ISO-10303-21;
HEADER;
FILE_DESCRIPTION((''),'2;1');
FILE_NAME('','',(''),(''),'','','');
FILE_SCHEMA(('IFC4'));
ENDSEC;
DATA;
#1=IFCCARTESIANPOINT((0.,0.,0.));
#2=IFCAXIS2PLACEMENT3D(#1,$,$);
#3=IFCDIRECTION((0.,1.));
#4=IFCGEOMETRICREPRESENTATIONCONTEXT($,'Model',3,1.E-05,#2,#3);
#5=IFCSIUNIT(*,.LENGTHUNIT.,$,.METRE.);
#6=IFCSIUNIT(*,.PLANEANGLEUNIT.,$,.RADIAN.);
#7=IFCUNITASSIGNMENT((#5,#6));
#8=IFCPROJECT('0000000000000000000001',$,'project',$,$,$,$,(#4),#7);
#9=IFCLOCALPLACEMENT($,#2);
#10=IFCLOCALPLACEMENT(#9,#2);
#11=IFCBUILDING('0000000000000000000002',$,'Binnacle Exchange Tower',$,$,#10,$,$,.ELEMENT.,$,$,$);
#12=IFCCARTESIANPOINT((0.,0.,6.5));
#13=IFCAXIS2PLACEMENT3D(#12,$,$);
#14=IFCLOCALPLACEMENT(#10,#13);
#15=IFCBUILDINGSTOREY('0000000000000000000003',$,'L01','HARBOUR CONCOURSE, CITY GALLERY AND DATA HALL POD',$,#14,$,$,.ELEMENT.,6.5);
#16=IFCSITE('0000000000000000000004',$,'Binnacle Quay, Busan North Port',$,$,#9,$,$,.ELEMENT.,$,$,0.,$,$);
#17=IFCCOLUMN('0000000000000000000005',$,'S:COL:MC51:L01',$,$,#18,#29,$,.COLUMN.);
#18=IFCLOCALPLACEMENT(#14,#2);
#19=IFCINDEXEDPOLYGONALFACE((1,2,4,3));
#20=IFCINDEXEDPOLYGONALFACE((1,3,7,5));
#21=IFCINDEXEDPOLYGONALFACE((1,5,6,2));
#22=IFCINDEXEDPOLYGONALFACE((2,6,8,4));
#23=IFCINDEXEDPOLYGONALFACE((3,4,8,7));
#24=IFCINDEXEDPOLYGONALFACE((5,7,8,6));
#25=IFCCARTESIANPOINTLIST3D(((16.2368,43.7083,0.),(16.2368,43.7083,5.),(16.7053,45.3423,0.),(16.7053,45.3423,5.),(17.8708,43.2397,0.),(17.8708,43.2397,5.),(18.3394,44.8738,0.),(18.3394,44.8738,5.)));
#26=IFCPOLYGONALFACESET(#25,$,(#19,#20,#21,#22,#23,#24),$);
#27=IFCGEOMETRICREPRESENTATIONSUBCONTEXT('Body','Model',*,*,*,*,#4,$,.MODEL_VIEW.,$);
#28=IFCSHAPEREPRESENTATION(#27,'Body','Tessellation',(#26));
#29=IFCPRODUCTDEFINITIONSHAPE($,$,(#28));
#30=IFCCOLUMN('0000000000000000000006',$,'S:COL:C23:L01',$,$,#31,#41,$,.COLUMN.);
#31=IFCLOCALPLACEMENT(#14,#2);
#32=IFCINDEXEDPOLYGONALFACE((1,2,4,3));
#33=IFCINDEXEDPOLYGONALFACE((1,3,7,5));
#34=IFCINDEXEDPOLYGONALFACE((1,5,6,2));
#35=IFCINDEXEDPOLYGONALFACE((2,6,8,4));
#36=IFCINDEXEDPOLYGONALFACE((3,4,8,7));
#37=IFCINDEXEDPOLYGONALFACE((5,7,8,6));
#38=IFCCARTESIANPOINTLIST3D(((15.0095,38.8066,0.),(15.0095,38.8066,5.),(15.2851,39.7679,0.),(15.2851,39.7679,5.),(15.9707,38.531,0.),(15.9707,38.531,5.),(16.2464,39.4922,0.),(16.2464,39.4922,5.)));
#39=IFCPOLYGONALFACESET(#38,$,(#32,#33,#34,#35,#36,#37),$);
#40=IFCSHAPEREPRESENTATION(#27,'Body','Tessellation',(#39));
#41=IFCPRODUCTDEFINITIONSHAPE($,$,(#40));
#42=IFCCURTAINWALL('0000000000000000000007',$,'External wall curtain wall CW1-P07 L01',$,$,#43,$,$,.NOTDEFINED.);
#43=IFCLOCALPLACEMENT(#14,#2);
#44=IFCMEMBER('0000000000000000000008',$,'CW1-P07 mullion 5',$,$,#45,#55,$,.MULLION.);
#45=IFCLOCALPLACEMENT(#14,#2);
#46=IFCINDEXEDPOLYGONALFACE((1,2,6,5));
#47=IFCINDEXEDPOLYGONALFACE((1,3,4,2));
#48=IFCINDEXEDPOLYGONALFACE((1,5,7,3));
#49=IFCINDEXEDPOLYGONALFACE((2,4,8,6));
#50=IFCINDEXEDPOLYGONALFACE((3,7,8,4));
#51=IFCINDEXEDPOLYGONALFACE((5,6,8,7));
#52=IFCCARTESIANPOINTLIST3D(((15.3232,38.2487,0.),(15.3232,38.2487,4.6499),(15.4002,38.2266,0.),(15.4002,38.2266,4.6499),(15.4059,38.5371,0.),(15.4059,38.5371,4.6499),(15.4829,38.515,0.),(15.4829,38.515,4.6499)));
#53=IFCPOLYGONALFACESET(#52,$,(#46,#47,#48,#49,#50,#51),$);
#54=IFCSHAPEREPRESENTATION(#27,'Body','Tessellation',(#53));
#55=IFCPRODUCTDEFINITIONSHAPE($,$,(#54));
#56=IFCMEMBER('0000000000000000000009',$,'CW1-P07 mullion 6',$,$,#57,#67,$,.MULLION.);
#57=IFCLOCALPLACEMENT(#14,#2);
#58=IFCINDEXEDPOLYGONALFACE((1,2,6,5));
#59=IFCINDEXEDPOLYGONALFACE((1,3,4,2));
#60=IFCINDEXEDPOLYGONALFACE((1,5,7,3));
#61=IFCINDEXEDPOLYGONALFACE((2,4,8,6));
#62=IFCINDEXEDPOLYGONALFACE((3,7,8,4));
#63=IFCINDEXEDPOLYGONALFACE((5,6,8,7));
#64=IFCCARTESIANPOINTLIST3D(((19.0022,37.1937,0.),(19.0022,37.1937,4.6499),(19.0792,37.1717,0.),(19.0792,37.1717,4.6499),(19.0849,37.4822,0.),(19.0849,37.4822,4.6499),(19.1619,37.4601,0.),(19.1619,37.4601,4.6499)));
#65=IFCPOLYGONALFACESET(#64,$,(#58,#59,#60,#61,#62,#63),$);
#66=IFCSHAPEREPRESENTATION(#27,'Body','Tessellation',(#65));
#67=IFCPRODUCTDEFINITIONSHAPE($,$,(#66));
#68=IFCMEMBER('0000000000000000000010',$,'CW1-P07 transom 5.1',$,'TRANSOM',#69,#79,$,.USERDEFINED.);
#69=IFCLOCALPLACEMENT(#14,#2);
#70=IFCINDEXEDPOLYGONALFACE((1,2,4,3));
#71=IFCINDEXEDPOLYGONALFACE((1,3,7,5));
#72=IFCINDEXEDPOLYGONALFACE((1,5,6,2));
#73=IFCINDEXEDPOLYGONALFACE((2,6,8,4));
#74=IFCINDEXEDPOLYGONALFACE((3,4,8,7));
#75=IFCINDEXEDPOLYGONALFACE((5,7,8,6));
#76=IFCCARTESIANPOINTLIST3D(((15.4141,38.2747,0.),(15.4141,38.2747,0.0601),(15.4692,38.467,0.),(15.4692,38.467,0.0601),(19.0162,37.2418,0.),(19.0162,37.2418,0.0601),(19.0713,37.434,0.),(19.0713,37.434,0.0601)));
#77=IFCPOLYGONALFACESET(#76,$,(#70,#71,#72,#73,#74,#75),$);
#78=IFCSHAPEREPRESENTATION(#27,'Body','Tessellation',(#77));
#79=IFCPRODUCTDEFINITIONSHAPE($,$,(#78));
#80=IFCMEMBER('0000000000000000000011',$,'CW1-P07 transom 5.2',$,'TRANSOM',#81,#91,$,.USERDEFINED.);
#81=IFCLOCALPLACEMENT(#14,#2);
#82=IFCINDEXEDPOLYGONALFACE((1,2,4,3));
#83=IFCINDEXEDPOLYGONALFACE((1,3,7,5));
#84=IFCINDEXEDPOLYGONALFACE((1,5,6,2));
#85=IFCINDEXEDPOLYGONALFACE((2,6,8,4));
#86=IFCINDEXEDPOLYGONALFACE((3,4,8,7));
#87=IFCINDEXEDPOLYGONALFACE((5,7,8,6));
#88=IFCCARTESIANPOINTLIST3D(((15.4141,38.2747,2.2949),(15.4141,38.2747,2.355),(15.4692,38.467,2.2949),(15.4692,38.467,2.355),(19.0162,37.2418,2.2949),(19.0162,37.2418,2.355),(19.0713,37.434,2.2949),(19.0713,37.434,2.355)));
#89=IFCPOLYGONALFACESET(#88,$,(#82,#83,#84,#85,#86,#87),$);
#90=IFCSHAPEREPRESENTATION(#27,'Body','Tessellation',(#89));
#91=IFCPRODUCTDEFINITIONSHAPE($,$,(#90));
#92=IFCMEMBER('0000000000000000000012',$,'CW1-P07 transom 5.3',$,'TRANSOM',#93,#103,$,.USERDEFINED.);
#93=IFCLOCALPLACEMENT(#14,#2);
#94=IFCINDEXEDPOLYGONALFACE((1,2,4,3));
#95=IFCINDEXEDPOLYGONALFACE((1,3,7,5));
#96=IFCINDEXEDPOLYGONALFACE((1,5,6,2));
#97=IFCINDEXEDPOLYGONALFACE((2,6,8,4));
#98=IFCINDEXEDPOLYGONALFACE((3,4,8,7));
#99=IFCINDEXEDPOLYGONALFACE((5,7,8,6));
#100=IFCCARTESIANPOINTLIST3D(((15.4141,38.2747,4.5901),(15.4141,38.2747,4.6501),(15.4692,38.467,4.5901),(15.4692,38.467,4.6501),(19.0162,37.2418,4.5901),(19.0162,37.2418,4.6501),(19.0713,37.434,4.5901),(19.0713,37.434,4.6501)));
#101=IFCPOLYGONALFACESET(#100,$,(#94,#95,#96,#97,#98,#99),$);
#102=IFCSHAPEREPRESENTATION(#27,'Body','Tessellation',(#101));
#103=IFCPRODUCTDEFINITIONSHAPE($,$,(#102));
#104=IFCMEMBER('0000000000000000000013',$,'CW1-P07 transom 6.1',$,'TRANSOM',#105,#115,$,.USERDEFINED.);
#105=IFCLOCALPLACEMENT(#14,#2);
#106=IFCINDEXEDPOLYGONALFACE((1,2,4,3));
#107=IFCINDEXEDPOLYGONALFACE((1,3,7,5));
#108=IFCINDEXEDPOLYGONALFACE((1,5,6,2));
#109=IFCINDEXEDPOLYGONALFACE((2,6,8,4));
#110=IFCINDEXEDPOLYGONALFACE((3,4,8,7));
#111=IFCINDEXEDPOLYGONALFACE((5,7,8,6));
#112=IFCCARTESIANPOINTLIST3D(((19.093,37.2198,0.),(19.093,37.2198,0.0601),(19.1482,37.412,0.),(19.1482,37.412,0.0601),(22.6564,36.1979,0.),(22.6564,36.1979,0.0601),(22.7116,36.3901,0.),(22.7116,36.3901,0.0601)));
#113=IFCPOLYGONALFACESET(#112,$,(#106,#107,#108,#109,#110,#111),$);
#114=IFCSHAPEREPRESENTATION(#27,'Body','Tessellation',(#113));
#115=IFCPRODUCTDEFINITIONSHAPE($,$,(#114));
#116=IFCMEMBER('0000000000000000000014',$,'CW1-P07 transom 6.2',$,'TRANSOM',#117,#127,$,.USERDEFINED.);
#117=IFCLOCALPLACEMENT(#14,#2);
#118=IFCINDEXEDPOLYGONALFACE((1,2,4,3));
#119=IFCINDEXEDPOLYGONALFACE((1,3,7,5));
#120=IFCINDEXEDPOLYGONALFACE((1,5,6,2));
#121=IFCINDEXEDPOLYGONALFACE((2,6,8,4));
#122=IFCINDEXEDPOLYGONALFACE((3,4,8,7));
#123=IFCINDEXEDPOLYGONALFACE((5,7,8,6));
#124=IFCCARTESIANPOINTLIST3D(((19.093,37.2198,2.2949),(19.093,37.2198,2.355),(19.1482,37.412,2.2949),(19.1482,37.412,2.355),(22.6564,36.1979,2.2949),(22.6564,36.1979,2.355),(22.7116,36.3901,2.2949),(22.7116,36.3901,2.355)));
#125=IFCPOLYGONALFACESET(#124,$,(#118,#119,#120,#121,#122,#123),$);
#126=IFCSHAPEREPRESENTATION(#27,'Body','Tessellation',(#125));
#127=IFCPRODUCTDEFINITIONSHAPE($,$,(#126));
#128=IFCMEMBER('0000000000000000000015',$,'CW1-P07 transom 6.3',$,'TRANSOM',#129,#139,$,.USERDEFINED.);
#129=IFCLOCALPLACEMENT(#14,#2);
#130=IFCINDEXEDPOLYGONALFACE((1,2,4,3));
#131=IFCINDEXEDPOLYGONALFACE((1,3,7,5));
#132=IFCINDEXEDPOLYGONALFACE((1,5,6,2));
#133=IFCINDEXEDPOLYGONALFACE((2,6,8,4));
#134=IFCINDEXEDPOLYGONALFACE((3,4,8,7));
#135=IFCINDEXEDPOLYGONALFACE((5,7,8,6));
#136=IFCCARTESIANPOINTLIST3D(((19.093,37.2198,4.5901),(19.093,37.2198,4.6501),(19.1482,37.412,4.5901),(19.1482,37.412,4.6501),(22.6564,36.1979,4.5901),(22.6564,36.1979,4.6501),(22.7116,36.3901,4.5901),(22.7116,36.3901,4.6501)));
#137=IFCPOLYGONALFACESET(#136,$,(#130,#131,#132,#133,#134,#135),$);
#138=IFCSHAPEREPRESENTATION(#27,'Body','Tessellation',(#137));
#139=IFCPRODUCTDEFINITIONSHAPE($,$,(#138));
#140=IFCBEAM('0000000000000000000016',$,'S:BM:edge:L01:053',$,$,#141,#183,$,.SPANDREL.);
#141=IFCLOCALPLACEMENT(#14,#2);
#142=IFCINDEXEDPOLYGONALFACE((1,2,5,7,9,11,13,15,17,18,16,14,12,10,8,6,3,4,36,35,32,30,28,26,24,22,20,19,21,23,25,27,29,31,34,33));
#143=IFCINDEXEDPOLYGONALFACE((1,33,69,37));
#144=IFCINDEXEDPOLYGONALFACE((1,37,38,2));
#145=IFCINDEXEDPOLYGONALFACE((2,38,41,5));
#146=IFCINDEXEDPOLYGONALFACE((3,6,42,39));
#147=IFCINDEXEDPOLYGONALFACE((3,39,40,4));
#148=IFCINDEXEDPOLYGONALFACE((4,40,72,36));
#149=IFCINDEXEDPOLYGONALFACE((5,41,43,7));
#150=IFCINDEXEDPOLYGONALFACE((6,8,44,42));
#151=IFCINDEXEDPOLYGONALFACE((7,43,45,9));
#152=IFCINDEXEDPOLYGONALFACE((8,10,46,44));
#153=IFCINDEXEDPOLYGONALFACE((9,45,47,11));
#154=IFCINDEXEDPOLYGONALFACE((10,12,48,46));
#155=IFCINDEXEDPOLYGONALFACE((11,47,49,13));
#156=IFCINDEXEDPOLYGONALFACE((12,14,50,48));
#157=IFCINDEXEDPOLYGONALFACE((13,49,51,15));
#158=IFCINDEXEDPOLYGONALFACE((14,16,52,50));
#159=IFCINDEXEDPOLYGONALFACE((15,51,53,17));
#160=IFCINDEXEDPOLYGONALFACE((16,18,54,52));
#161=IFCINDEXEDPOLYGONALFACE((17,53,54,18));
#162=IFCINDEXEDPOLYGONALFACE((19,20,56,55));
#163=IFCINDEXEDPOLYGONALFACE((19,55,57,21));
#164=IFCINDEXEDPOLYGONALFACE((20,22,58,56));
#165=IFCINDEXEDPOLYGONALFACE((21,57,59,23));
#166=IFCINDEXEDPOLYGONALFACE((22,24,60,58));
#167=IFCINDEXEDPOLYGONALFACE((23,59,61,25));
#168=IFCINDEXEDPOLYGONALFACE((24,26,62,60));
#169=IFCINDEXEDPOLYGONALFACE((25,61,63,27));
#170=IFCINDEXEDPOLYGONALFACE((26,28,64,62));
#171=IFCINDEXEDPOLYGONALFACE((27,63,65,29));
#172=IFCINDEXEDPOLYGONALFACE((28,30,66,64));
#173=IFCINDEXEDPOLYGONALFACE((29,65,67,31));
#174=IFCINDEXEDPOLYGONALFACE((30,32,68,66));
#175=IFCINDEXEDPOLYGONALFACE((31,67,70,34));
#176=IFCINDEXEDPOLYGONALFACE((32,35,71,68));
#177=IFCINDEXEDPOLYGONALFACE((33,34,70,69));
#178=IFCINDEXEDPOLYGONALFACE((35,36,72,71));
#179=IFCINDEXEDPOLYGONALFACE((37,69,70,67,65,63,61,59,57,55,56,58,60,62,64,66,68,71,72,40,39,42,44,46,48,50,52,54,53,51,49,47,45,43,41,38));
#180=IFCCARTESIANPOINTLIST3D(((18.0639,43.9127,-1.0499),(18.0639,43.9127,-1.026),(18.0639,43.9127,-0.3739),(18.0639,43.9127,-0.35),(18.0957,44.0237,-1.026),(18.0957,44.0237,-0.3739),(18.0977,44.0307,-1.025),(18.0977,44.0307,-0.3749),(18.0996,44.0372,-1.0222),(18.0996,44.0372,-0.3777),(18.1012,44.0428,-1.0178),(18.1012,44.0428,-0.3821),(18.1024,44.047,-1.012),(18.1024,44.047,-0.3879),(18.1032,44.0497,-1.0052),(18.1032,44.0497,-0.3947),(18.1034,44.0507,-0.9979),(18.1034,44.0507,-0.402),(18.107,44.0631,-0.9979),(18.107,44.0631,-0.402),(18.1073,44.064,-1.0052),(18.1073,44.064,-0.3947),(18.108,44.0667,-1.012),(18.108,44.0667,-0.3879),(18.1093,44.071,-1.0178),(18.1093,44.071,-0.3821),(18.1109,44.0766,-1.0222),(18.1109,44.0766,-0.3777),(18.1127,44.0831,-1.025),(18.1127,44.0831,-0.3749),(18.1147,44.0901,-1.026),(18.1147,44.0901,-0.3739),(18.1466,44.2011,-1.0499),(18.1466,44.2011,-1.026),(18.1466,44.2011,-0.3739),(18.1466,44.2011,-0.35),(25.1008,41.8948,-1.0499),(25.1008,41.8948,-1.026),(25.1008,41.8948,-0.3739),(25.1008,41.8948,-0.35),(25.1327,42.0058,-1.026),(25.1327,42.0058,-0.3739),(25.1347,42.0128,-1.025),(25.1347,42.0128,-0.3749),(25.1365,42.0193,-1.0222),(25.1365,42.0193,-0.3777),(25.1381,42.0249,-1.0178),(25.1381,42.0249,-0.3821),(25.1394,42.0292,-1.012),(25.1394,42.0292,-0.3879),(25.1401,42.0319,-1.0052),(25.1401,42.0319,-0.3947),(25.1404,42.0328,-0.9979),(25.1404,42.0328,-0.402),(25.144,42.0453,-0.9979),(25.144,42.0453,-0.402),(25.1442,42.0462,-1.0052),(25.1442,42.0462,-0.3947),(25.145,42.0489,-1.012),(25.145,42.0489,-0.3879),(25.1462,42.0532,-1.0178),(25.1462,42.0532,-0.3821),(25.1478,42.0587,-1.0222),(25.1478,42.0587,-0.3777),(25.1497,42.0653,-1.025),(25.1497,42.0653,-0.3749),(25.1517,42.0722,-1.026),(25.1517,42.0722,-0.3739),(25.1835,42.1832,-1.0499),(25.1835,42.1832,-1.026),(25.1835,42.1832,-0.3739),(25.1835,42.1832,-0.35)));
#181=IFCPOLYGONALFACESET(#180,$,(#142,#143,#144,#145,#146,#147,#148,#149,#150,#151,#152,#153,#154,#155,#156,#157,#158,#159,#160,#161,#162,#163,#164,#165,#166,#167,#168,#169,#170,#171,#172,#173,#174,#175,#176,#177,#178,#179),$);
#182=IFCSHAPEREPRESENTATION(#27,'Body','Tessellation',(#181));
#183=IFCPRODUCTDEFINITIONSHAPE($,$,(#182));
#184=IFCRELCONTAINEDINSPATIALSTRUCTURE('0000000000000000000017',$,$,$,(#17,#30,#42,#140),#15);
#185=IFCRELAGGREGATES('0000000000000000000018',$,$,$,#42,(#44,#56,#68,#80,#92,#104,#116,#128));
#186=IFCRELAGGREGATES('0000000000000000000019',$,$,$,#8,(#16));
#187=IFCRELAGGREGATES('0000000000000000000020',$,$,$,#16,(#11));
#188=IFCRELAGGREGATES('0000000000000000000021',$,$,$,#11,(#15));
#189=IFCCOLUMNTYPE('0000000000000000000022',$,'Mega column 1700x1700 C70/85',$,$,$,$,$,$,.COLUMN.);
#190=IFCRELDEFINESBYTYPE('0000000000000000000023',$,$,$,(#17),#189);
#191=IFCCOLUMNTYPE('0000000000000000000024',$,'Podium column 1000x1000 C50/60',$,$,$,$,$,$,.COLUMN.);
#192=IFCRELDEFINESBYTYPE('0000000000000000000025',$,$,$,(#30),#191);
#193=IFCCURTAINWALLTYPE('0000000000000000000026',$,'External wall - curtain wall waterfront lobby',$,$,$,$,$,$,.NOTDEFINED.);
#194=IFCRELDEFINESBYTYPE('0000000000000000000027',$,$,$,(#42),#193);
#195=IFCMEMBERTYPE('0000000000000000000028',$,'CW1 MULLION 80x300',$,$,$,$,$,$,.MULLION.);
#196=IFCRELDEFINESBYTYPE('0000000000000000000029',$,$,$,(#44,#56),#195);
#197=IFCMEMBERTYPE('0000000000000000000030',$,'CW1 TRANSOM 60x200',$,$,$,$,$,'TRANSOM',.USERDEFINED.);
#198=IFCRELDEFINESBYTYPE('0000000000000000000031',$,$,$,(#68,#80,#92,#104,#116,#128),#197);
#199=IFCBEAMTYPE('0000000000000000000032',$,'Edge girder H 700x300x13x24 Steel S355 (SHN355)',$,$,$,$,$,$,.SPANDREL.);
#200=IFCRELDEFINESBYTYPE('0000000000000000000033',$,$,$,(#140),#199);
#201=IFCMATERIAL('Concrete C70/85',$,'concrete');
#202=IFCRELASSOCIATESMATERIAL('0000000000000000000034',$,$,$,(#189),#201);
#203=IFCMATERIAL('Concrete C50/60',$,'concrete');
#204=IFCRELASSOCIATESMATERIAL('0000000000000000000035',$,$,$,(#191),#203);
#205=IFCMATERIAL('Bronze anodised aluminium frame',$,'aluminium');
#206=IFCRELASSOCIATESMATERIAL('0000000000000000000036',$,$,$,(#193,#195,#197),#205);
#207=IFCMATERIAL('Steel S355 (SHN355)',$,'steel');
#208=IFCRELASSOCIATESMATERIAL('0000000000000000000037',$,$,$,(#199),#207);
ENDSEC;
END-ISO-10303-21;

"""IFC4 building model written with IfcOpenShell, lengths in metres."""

from ifc_helpers import new_model, si_unit, direction, frame, origin, origin_2d, place, context, subcontext, project, spatial, rectangle, i_section, extrude, material, material_profile, profile_set, type_object, element, aggregate, save


model = new_model("IFC4")

# Units and contexts
model_context = context("Model", 3, precision=1e-05, world=origin(), true_north=direction((0.0, 1.0)))
body_context = subcontext(model_context, "Body", "Model", "MODEL_VIEW")
ifc_project = project(units=[si_unit("LENGTHUNIT", "METRE"), si_unit("PLANEANGLEUNIT", "RADIAN")], contexts=[model_context])

# Site, building, storey
site_placement = place(None, origin())
site = spatial("IfcSite", under=ifc_project, at=site_placement, Name="Binnacle Quay, Busan North Port", CompositionType="ELEMENT", RefElevation=0.0)
building_placement = place(site_placement, origin())
building = spatial("IfcBuilding", under=site, at=building_placement, Name="Binnacle Exchange Tower", CompositionType="ELEMENT")
storey_placement = place(building_placement, frame((0.0, 0.0, 6.5)))
storey = spatial("IfcBuildingStorey", under=building, at=storey_placement, Name="L01", Description="HARBOUR CONCOURSE, CITY GALLERY AND DATA HALL POD", CompositionType="ELEMENT", Elevation=6.5)

# Columns
ifc_material_1 = material(Name="Concrete C70/85", Category="concrete")
ifc_material_profile_1 = material_profile(ifc_material_1, rectangle(XDim=1.7, YDim=1.7, at=origin_2d()), Name="Mega column 1700x1700 C70/85")
ifc_profile_set_1 = profile_set([ifc_material_profile_1], Name="Concrete C70/85")
column_type_1 = type_object("IfcColumnType", Name="Mega column 1700x1700 C70/85", PredefinedType="COLUMN", material=ifc_profile_set_1)
column_1_placement = place(storey_placement, frame((17.2881, 44.291, 0.0), z_axis=(0.0, 0.0, 1.0), x_axis=(0.961262, -0.275637, 0.0)))
element("IfcColumn", 1, at=column_1_placement, inside=storey, type_object=column_type_1, Name="S:COL:MC51:L01", PredefinedType="COLUMN", context=body_context, shape_type="SweptSolid", body=[
    extrude(rectangle(XDim=1.7, YDim=1.7, at=origin_2d()), origin(), (0.0, 0.0, 1.0), 5.0),
])
ifc_material_2 = material(Name="Concrete C50/60", Category="concrete")
ifc_material_profile_2 = material_profile(ifc_material_2, rectangle(XDim=1.0, YDim=1.0, at=origin_2d()), Name="Podium column 1000x1000 C50/60")
ifc_profile_set_2 = profile_set([ifc_material_profile_2], Name="Concrete C50/60")
column_type_2 = type_object("IfcColumnType", Name="Podium column 1000x1000 C50/60", PredefinedType="COLUMN", material=ifc_profile_set_2)
column_2_placement = place(storey_placement, frame((15.6279, 39.1494, 0.0), z_axis=(0.0, 0.0, 1.0), x_axis=(0.961262, -0.275637, 0.0)))
element("IfcColumn", 2, at=column_2_placement, inside=storey, type_object=column_type_2, Name="S:COL:C23:L01", PredefinedType="COLUMN", context=body_context, shape_type="SweptSolid", body=[
    extrude(rectangle(XDim=1.0, YDim=1.0, at=origin_2d()), origin(), (0.0, 0.0, 1.0), 5.0),
])

# Curtain wall, members
ifc_material_3 = material(Name="Bronze anodised aluminium frame", Category="aluminium")
curtain_wall_type = type_object("IfcCurtainWallType", Name="External wall - curtain wall waterfront lobby", PredefinedType="NOTDEFINED", material=ifc_material_3)
curtain_wall_placement = place(storey_placement, origin())
curtain_wall = element("IfcCurtainWall", 3, at=curtain_wall_placement, inside=storey, type_object=curtain_wall_type, Name="External wall curtain wall CW1-P07 L01", PredefinedType="NOTDEFINED")
ifc_material_profile_3 = material_profile(ifc_material_3, rectangle(XDim=0.3, YDim=0.0801, at=origin_2d()), Name="AL 80x300")
ifc_profile_set_3 = profile_set([ifc_material_profile_3], Name="Bronze anodised aluminium frame")
member_type_1 = type_object("IfcMemberType", Name="CW1 MULLION 80x300", PredefinedType="MULLION", material=ifc_profile_set_3)
member_1_placement = place(storey_placement, frame((15.4031, 38.3818, 0.0), z_axis=(0.0, 0.0, 1.0), x_axis=(0.275637, 0.961262, 0.0)))
member_1 = element("IfcMember", 4, at=member_1_placement, type_object=member_type_1, Name="CW1-P07 mullion 5", PredefinedType="MULLION", context=body_context, shape_type="SweptSolid", body=[
    extrude(rectangle(XDim=0.3, YDim=0.0801, at=origin_2d()), origin(), (0.0, 0.0, 1.0), 4.6499),
])
member_2_placement = place(storey_placement, frame((19.082, 37.3269, 0.0), z_axis=(0.0, 0.0, 1.0), x_axis=(0.275637, 0.961262, 0.0)))
member_2 = element("IfcMember", 5, at=member_2_placement, type_object=member_type_1, Name="CW1-P07 mullion 6", PredefinedType="MULLION", context=body_context, shape_type="SweptSolid", body=[
    extrude(rectangle(XDim=0.3, YDim=0.0801, at=origin_2d()), origin(), (0.0, 0.0, 1.0), 4.6499),
])
ifc_material_profile_4 = material_profile(ifc_material_3, rectangle(XDim=0.2, YDim=0.0601, at=origin_2d()), Name="AL 200x60")
ifc_profile_set_4 = profile_set([ifc_material_profile_4], Name="Bronze anodised aluminium frame")
member_type_2 = type_object("IfcMemberType", Name="CW1 TRANSOM 60x200", ElementType="TRANSOM", PredefinedType="USERDEFINED", material=ifc_profile_set_4)
member_3_placement = place(storey_placement, frame((15.4417, 38.3708, 0.03), z_axis=(0.961256, -0.275659, 0.0), x_axis=(0.275659, 0.961256, 0.0)))
member_3 = element("IfcMember", 6, at=member_3_placement, type_object=member_type_2, Name="CW1-P07 transom 5.1", ObjectType="TRANSOM", PredefinedType="USERDEFINED", context=body_context, shape_type="SweptSolid", body=[
    extrude(rectangle(XDim=0.2, YDim=0.0601, at=origin_2d()), origin(), (0.0, 0.0, 1.0), 3.7473),
])
member_4_placement = place(storey_placement, frame((15.4417, 38.3708, 2.325), z_axis=(0.961256, -0.275659, 0.0), x_axis=(0.275659, 0.961256, 0.0)))
member_4 = element("IfcMember", 7, at=member_4_placement, type_object=member_type_2, Name="CW1-P07 transom 5.2", ObjectType="TRANSOM", PredefinedType="USERDEFINED", context=body_context, shape_type="SweptSolid", body=[
    extrude(rectangle(XDim=0.2, YDim=0.0601, at=origin_2d()), origin(), (0.0, 0.0, 1.0), 3.7473),
])
member_5_placement = place(storey_placement, frame((15.4417, 38.3708, 4.6201), z_axis=(0.961256, -0.275659, 0.0), x_axis=(0.275659, 0.961256, 0.0)))
member_5 = element("IfcMember", 8, at=member_5_placement, type_object=member_type_2, Name="CW1-P07 transom 5.3", ObjectType="TRANSOM", PredefinedType="USERDEFINED", context=body_context, shape_type="SweptSolid", body=[
    extrude(rectangle(XDim=0.2, YDim=0.0601, at=origin_2d()), origin(), (0.0, 0.0, 1.0), 3.7473),
])
member_6_placement = place(storey_placement, frame((19.1206, 37.3159, 0.03), z_axis=(0.96125, -0.275678, 0.0), x_axis=(0.275678, 0.96125, 0.0)))
member_6 = element("IfcMember", 9, at=member_6_placement, type_object=member_type_2, Name="CW1-P07 transom 6.1", ObjectType="TRANSOM", PredefinedType="USERDEFINED", context=body_context, shape_type="SweptSolid", body=[
    extrude(rectangle(XDim=0.2, YDim=0.0601, at=origin_2d()), origin(), (0.0, 0.0, 1.0), 3.707),
])
member_7_placement = place(storey_placement, frame((19.1206, 37.3159, 2.325), z_axis=(0.96125, -0.275678, 0.0), x_axis=(0.275678, 0.96125, 0.0)))
member_7 = element("IfcMember", 10, at=member_7_placement, type_object=member_type_2, Name="CW1-P07 transom 6.2", ObjectType="TRANSOM", PredefinedType="USERDEFINED", context=body_context, shape_type="SweptSolid", body=[
    extrude(rectangle(XDim=0.2, YDim=0.0601, at=origin_2d()), origin(), (0.0, 0.0, 1.0), 3.707),
])
member_8_placement = place(storey_placement, frame((19.1206, 37.3159, 4.6201), z_axis=(0.96125, -0.275678, 0.0), x_axis=(0.275678, 0.96125, 0.0)))
member_8 = element("IfcMember", 11, at=member_8_placement, type_object=member_type_2, Name="CW1-P07 transom 6.3", ObjectType="TRANSOM", PredefinedType="USERDEFINED", context=body_context, shape_type="SweptSolid", body=[
    extrude(rectangle(XDim=0.2, YDim=0.0601, at=origin_2d()), origin(), (0.0, 0.0, 1.0), 3.707),
])

# Beam
ifc_material_4 = material(Name="Steel S355 (SHN355)", Category="steel")
ifc_material_profile_5 = material_profile(ifc_material_4, i_section(OverallWidth=0.3, OverallDepth=0.7, WebThickness=0.0129, FlangeThickness=0.0239, FilletRadius=0.0281, at=origin_2d()), Name="H 700x300x13x24")
ifc_profile_set_5 = profile_set([ifc_material_profile_5], Name="Steel S355 (SHN355)")
beam_type_1 = type_object("IfcBeamType", Name="Edge girder H 700x300x13x24 Steel S355 (SHN355)", PredefinedType="SPANDREL", material=ifc_profile_set_5)
beam_1_placement = place(storey_placement, frame((18.1052, 44.0569, -0.7), z_axis=(0.96126, -0.275642, 0.0), x_axis=(0.275642, 0.96126, 0.0)))
element("IfcBeam", 12, at=beam_1_placement, inside=storey, type_object=beam_type_1, Name="S:BM:edge:L01:053", PredefinedType="SPANDREL", context=body_context, shape_type="SweptSolid", body=[
    extrude(i_section(OverallWidth=0.3, OverallDepth=0.7, WebThickness=0.0129, FlangeThickness=0.0239, FilletRadius=0.0281, at=origin_2d()), origin(), (0.0, 0.0, 1.0), 7.3206),
])

aggregate(curtain_wall, [member_1, member_2, member_3, member_4, member_5, member_6, member_7, member_8])

save(model, "model.ifc")
